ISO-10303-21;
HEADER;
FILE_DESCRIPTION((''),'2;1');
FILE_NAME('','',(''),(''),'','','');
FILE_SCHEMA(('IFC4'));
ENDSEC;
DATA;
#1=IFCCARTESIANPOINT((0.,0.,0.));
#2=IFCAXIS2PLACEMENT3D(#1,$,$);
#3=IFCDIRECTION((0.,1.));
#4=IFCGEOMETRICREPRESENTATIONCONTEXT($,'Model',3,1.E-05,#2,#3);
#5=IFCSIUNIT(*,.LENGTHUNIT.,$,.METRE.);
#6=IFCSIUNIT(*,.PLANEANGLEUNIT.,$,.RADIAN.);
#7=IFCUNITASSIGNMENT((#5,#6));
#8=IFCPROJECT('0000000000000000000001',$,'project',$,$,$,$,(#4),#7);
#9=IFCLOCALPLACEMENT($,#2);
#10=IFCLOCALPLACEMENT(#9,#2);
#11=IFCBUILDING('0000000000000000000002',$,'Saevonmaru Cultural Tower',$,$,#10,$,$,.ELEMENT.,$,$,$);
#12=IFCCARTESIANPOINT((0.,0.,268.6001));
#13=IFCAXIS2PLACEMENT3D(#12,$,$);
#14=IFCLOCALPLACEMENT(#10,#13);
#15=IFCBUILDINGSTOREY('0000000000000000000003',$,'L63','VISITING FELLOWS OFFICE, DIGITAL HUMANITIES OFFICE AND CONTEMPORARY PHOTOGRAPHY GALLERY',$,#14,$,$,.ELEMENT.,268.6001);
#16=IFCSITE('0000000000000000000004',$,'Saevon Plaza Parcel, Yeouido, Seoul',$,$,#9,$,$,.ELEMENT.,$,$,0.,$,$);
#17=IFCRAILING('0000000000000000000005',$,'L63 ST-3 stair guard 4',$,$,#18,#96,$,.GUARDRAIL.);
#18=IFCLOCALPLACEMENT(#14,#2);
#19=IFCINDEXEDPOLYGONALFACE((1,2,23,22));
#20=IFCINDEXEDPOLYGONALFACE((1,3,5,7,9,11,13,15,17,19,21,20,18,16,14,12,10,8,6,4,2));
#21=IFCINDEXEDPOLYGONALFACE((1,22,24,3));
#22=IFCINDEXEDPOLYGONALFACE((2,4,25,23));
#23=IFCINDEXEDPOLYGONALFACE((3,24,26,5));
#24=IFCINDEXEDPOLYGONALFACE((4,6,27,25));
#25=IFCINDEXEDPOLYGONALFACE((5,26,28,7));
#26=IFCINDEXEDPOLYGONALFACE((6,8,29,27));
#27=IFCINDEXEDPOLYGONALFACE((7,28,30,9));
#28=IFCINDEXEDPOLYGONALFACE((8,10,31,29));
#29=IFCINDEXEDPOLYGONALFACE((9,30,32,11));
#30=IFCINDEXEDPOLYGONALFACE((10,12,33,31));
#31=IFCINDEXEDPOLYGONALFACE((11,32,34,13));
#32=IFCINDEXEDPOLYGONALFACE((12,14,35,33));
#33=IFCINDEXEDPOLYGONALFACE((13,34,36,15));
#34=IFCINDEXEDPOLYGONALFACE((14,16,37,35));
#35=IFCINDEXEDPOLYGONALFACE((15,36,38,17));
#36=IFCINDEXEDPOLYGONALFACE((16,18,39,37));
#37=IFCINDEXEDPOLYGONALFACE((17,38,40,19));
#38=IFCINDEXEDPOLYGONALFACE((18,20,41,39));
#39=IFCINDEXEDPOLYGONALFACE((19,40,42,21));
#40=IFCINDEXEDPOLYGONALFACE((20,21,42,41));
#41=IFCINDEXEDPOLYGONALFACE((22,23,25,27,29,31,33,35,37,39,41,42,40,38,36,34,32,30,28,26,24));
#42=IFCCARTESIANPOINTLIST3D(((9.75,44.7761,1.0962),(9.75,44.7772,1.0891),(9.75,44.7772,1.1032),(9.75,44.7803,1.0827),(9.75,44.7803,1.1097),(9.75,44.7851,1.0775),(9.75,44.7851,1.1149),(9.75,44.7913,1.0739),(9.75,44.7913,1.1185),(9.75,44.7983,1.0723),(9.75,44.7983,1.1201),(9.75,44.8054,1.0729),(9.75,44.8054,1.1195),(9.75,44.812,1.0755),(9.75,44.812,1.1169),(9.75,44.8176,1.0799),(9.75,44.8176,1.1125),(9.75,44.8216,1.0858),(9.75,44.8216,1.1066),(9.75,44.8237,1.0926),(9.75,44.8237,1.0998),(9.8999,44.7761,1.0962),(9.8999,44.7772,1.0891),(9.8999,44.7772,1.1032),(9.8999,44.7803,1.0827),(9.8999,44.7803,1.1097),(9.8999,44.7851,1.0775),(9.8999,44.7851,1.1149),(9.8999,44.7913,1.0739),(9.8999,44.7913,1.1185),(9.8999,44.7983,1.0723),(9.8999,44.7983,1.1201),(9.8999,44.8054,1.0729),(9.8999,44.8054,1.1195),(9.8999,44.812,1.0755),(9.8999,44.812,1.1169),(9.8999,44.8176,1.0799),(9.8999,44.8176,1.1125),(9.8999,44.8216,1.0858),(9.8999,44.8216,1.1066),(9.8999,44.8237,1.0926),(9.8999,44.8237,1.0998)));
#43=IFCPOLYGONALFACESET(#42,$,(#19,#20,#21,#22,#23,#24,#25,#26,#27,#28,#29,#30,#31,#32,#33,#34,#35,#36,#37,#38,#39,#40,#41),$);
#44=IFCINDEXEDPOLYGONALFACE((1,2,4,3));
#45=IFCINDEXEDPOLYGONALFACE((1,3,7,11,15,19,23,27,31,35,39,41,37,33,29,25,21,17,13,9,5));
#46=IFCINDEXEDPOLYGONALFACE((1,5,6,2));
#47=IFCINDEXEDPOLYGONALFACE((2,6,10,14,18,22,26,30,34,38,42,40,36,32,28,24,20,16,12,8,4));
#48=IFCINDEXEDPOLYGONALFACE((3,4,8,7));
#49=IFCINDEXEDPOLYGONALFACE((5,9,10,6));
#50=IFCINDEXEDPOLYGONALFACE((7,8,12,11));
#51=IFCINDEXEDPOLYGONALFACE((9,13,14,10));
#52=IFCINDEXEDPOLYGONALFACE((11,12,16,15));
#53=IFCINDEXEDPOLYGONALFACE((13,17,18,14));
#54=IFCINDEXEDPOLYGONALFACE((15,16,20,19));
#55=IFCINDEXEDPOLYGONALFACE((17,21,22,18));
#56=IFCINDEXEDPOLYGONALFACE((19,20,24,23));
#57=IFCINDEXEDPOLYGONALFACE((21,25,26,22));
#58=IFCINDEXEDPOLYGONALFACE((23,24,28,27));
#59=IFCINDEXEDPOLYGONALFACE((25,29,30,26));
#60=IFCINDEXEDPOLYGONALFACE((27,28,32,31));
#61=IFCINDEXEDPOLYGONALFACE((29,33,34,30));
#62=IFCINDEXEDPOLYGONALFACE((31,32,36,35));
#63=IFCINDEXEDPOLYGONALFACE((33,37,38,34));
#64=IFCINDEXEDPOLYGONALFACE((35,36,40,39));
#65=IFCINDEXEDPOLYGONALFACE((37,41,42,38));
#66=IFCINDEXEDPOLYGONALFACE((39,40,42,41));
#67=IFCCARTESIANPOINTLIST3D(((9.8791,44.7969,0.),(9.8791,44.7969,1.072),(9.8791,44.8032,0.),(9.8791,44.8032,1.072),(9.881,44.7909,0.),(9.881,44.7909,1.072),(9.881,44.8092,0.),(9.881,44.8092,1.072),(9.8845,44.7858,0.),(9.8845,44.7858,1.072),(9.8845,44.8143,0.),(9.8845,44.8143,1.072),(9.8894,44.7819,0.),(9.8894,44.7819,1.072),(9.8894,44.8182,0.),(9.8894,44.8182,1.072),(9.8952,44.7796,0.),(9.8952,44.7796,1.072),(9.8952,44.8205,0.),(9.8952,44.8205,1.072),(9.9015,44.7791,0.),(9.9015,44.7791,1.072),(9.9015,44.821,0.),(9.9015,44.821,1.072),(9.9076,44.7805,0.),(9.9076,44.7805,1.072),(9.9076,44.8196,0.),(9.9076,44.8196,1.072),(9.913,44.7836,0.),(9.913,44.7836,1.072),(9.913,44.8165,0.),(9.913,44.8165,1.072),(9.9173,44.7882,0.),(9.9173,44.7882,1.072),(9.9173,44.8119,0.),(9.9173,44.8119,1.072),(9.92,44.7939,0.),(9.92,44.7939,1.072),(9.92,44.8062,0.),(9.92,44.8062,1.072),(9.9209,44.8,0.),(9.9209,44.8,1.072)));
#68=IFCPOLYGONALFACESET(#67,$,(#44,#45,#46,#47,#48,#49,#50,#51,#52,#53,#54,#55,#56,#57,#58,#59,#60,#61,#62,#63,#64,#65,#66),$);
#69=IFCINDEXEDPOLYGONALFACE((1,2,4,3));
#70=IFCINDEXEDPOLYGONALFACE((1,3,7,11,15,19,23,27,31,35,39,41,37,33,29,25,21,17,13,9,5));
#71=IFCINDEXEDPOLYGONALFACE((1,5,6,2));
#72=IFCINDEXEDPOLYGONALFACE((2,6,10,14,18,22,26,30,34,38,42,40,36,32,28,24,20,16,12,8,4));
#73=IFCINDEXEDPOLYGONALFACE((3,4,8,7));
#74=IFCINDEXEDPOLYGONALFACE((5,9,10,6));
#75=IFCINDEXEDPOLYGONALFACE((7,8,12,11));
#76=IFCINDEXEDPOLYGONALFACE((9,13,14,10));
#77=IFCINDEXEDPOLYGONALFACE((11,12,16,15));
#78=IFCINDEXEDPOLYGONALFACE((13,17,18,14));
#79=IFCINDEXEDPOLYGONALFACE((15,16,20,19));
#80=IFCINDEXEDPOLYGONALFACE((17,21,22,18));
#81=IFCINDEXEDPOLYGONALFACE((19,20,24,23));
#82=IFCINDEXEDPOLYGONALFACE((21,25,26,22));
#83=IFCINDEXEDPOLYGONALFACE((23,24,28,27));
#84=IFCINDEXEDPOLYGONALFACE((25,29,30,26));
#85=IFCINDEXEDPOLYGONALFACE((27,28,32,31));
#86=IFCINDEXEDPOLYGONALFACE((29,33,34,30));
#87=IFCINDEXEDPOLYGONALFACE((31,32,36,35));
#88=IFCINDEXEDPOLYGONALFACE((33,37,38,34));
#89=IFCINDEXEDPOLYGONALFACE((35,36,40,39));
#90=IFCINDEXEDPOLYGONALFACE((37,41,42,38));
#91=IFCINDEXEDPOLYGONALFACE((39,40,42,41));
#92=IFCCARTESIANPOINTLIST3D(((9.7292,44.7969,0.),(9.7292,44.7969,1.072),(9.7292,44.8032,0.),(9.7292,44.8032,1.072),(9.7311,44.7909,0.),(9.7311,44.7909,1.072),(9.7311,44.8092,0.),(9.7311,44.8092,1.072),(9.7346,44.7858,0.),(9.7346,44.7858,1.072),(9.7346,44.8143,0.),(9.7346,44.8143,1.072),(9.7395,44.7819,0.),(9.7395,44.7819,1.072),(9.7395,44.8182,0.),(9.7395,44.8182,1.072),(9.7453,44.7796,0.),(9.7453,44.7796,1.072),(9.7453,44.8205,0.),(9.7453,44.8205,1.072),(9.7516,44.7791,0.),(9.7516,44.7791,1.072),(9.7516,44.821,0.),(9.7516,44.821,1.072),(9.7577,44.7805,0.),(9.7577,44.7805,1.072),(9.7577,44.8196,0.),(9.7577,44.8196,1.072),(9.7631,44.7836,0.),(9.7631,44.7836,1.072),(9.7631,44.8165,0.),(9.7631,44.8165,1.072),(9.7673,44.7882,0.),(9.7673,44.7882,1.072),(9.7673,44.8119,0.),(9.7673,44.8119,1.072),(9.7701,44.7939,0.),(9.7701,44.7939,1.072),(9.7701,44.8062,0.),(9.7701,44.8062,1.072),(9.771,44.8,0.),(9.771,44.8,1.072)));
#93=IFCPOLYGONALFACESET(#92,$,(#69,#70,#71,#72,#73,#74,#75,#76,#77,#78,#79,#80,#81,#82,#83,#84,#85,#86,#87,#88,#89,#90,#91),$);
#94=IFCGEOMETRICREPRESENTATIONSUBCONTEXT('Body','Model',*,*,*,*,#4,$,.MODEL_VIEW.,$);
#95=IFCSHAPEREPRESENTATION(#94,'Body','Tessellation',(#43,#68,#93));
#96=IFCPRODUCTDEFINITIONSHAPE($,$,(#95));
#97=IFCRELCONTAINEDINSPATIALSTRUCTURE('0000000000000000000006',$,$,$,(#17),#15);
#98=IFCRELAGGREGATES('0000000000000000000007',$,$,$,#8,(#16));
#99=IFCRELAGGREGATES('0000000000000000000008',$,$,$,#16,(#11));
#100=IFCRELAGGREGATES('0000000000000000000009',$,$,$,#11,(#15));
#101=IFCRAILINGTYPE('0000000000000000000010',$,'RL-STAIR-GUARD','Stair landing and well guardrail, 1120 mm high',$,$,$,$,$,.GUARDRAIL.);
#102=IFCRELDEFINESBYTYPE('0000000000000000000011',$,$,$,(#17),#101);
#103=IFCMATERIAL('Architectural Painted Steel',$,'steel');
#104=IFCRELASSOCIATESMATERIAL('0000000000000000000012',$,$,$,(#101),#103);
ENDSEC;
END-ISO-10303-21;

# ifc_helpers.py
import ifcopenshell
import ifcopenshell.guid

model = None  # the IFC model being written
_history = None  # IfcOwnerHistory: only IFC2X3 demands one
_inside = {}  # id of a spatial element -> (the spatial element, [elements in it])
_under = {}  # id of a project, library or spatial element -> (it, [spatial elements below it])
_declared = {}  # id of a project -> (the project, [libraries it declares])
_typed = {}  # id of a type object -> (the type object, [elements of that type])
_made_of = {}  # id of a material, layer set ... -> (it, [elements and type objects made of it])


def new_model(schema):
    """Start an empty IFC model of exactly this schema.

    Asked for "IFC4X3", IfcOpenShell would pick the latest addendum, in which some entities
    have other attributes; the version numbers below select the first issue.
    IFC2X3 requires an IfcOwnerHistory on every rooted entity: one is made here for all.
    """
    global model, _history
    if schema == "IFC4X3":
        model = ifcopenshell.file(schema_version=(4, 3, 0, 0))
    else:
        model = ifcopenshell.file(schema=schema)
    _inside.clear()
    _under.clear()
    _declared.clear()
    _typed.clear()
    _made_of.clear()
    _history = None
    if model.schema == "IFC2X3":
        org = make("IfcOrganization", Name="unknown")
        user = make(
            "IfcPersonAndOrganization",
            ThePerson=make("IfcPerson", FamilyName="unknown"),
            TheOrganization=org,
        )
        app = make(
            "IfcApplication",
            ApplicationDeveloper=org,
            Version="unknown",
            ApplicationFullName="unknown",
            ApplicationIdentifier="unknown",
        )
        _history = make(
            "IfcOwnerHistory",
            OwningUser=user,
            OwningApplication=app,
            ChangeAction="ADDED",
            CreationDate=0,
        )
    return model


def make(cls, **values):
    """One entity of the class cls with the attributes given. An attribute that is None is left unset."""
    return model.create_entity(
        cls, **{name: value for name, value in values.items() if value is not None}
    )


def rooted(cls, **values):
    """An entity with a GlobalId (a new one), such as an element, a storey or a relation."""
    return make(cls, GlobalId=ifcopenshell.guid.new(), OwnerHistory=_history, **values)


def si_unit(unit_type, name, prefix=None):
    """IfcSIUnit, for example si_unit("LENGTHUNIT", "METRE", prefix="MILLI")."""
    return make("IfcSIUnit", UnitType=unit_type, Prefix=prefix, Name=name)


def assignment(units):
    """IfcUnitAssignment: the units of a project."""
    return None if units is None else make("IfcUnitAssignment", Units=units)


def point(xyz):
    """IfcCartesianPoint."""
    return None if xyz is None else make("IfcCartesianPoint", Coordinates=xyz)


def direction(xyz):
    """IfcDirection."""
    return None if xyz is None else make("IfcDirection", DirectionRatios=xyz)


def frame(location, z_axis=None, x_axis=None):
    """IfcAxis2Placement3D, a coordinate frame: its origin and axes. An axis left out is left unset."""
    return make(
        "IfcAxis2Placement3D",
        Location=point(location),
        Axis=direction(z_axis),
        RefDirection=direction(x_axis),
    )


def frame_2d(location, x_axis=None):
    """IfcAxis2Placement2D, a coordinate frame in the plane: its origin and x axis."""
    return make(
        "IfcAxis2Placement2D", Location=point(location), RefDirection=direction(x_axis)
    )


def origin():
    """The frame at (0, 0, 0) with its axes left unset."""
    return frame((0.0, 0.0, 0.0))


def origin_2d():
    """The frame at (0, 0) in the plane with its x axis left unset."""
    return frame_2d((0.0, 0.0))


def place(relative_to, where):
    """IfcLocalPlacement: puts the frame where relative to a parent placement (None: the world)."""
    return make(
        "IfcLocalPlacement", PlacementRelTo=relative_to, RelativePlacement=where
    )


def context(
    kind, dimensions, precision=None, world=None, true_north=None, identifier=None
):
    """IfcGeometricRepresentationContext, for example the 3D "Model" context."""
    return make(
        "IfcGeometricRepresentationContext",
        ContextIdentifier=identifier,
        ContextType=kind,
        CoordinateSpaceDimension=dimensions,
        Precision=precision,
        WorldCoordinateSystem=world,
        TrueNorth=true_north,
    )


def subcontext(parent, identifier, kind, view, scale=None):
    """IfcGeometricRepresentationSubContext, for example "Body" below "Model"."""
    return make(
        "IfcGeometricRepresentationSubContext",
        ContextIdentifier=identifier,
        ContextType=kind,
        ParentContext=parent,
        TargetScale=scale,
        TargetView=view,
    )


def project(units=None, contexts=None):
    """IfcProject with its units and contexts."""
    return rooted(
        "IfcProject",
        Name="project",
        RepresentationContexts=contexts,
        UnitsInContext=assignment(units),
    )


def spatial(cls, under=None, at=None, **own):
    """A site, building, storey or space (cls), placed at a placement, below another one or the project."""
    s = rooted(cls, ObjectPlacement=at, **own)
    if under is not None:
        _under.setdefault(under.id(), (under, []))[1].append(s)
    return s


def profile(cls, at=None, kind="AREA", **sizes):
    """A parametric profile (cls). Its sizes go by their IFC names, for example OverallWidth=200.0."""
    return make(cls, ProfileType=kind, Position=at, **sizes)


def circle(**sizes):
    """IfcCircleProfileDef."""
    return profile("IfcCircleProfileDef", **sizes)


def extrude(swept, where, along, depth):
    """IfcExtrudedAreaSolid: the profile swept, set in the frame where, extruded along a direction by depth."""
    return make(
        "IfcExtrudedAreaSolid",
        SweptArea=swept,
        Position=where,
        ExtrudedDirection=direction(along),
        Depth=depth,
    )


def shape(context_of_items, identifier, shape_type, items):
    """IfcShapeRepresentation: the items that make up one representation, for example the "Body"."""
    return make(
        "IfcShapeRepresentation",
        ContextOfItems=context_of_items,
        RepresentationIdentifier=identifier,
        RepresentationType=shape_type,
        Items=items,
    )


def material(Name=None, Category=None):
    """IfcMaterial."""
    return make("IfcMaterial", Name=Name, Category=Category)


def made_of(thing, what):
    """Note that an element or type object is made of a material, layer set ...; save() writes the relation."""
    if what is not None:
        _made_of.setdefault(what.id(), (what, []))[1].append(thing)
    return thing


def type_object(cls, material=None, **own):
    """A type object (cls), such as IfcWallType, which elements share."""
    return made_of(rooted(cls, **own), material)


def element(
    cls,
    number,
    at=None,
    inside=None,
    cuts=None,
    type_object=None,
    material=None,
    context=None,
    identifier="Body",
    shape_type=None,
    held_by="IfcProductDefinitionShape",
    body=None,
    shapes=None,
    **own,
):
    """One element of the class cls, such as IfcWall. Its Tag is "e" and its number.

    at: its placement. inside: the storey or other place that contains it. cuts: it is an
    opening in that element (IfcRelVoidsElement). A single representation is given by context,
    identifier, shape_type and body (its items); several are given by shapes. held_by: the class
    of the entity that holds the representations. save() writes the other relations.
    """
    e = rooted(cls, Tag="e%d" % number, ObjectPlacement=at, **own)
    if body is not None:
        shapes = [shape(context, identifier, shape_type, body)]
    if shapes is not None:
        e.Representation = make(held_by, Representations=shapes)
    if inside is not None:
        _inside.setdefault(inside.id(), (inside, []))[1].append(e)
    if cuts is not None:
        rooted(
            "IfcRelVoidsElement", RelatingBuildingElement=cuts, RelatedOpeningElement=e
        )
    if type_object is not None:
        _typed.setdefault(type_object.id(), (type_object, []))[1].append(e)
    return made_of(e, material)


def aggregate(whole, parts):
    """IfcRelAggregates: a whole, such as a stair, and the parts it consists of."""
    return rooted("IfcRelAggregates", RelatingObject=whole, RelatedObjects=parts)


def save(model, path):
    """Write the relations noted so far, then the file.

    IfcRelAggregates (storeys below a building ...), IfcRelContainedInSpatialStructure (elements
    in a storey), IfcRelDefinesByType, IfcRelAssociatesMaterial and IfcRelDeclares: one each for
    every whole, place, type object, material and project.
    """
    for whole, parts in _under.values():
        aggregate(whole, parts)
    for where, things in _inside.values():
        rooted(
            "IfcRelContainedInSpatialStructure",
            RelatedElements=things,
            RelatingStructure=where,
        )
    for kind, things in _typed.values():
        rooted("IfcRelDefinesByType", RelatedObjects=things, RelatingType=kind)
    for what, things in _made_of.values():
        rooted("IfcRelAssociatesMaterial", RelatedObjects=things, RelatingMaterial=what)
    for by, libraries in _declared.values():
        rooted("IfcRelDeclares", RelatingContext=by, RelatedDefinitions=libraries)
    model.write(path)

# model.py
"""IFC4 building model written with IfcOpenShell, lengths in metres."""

from ifc_helpers import new_model, si_unit, direction, frame, origin, origin_2d, place, context, subcontext, project, spatial, circle, extrude, material, type_object, element, save


model = new_model("IFC4")

# Units and contexts
model_context = context("Model", 3, precision=1e-05, world=origin(), true_north=direction((0.0, 1.0)))
body_context = subcontext(model_context, "Body", "Model", "MODEL_VIEW")
ifc_project = project(units=[si_unit("LENGTHUNIT", "METRE"), si_unit("PLANEANGLEUNIT", "RADIAN")], contexts=[model_context])

# Site, building, storey
site_placement = place(None, origin())
site = spatial("IfcSite", under=ifc_project, at=site_placement, Name="Saevon Plaza Parcel, Yeouido, Seoul", CompositionType="ELEMENT", RefElevation=0.0)
building_placement = place(site_placement, origin())
building = spatial("IfcBuilding", under=site, at=building_placement, Name="Saevonmaru Cultural Tower", CompositionType="ELEMENT")
storey_placement = place(building_placement, frame((0.0, 0.0, 268.6001)))
storey = spatial("IfcBuildingStorey", under=building, at=storey_placement, Name="L63", Description="VISITING FELLOWS OFFICE, DIGITAL HUMANITIES OFFICE AND CONTEMPORARY PHOTOGRAPHY GALLERY", CompositionType="ELEMENT", Elevation=268.6001)

# Railing
ifc_material_1 = material(Name="Architectural Painted Steel", Category="steel")
railing_type_1 = type_object("IfcRailingType", Name="RL-STAIR-GUARD", Description="Stair landing and well guardrail, 1120 mm high", PredefinedType="GUARDRAIL", material=ifc_material_1)
railing_1_placement = place(storey_placement, frame((9.8999, 44.8, 0.0)))
element("IfcRailing", 1, at=railing_1_placement, inside=storey, type_object=railing_type_1, Name="L63 ST-3 stair guard 4", PredefinedType="GUARDRAIL", context=body_context, shape_type="SweptSolid", body=[
    extrude(circle(Radius=0.0239, at=origin_2d()), frame((0.0, 0.0, 1.0962), z_axis=(-1.0, 0.0, 0.0), x_axis=(0.0, -1.0, 0.0)), (0.0, 0.0, 1.0), 0.1499),
    extrude(circle(Radius=0.021, at=origin_2d()), origin(), (0.0, 0.0, 1.0), 1.072),
    extrude(circle(Radius=0.021, at=origin_2d()), frame((-0.1499, 0.0, 0.0)), (0.0, 0.0, 1.0), 1.072),
])

save(model, "model.ifc")
